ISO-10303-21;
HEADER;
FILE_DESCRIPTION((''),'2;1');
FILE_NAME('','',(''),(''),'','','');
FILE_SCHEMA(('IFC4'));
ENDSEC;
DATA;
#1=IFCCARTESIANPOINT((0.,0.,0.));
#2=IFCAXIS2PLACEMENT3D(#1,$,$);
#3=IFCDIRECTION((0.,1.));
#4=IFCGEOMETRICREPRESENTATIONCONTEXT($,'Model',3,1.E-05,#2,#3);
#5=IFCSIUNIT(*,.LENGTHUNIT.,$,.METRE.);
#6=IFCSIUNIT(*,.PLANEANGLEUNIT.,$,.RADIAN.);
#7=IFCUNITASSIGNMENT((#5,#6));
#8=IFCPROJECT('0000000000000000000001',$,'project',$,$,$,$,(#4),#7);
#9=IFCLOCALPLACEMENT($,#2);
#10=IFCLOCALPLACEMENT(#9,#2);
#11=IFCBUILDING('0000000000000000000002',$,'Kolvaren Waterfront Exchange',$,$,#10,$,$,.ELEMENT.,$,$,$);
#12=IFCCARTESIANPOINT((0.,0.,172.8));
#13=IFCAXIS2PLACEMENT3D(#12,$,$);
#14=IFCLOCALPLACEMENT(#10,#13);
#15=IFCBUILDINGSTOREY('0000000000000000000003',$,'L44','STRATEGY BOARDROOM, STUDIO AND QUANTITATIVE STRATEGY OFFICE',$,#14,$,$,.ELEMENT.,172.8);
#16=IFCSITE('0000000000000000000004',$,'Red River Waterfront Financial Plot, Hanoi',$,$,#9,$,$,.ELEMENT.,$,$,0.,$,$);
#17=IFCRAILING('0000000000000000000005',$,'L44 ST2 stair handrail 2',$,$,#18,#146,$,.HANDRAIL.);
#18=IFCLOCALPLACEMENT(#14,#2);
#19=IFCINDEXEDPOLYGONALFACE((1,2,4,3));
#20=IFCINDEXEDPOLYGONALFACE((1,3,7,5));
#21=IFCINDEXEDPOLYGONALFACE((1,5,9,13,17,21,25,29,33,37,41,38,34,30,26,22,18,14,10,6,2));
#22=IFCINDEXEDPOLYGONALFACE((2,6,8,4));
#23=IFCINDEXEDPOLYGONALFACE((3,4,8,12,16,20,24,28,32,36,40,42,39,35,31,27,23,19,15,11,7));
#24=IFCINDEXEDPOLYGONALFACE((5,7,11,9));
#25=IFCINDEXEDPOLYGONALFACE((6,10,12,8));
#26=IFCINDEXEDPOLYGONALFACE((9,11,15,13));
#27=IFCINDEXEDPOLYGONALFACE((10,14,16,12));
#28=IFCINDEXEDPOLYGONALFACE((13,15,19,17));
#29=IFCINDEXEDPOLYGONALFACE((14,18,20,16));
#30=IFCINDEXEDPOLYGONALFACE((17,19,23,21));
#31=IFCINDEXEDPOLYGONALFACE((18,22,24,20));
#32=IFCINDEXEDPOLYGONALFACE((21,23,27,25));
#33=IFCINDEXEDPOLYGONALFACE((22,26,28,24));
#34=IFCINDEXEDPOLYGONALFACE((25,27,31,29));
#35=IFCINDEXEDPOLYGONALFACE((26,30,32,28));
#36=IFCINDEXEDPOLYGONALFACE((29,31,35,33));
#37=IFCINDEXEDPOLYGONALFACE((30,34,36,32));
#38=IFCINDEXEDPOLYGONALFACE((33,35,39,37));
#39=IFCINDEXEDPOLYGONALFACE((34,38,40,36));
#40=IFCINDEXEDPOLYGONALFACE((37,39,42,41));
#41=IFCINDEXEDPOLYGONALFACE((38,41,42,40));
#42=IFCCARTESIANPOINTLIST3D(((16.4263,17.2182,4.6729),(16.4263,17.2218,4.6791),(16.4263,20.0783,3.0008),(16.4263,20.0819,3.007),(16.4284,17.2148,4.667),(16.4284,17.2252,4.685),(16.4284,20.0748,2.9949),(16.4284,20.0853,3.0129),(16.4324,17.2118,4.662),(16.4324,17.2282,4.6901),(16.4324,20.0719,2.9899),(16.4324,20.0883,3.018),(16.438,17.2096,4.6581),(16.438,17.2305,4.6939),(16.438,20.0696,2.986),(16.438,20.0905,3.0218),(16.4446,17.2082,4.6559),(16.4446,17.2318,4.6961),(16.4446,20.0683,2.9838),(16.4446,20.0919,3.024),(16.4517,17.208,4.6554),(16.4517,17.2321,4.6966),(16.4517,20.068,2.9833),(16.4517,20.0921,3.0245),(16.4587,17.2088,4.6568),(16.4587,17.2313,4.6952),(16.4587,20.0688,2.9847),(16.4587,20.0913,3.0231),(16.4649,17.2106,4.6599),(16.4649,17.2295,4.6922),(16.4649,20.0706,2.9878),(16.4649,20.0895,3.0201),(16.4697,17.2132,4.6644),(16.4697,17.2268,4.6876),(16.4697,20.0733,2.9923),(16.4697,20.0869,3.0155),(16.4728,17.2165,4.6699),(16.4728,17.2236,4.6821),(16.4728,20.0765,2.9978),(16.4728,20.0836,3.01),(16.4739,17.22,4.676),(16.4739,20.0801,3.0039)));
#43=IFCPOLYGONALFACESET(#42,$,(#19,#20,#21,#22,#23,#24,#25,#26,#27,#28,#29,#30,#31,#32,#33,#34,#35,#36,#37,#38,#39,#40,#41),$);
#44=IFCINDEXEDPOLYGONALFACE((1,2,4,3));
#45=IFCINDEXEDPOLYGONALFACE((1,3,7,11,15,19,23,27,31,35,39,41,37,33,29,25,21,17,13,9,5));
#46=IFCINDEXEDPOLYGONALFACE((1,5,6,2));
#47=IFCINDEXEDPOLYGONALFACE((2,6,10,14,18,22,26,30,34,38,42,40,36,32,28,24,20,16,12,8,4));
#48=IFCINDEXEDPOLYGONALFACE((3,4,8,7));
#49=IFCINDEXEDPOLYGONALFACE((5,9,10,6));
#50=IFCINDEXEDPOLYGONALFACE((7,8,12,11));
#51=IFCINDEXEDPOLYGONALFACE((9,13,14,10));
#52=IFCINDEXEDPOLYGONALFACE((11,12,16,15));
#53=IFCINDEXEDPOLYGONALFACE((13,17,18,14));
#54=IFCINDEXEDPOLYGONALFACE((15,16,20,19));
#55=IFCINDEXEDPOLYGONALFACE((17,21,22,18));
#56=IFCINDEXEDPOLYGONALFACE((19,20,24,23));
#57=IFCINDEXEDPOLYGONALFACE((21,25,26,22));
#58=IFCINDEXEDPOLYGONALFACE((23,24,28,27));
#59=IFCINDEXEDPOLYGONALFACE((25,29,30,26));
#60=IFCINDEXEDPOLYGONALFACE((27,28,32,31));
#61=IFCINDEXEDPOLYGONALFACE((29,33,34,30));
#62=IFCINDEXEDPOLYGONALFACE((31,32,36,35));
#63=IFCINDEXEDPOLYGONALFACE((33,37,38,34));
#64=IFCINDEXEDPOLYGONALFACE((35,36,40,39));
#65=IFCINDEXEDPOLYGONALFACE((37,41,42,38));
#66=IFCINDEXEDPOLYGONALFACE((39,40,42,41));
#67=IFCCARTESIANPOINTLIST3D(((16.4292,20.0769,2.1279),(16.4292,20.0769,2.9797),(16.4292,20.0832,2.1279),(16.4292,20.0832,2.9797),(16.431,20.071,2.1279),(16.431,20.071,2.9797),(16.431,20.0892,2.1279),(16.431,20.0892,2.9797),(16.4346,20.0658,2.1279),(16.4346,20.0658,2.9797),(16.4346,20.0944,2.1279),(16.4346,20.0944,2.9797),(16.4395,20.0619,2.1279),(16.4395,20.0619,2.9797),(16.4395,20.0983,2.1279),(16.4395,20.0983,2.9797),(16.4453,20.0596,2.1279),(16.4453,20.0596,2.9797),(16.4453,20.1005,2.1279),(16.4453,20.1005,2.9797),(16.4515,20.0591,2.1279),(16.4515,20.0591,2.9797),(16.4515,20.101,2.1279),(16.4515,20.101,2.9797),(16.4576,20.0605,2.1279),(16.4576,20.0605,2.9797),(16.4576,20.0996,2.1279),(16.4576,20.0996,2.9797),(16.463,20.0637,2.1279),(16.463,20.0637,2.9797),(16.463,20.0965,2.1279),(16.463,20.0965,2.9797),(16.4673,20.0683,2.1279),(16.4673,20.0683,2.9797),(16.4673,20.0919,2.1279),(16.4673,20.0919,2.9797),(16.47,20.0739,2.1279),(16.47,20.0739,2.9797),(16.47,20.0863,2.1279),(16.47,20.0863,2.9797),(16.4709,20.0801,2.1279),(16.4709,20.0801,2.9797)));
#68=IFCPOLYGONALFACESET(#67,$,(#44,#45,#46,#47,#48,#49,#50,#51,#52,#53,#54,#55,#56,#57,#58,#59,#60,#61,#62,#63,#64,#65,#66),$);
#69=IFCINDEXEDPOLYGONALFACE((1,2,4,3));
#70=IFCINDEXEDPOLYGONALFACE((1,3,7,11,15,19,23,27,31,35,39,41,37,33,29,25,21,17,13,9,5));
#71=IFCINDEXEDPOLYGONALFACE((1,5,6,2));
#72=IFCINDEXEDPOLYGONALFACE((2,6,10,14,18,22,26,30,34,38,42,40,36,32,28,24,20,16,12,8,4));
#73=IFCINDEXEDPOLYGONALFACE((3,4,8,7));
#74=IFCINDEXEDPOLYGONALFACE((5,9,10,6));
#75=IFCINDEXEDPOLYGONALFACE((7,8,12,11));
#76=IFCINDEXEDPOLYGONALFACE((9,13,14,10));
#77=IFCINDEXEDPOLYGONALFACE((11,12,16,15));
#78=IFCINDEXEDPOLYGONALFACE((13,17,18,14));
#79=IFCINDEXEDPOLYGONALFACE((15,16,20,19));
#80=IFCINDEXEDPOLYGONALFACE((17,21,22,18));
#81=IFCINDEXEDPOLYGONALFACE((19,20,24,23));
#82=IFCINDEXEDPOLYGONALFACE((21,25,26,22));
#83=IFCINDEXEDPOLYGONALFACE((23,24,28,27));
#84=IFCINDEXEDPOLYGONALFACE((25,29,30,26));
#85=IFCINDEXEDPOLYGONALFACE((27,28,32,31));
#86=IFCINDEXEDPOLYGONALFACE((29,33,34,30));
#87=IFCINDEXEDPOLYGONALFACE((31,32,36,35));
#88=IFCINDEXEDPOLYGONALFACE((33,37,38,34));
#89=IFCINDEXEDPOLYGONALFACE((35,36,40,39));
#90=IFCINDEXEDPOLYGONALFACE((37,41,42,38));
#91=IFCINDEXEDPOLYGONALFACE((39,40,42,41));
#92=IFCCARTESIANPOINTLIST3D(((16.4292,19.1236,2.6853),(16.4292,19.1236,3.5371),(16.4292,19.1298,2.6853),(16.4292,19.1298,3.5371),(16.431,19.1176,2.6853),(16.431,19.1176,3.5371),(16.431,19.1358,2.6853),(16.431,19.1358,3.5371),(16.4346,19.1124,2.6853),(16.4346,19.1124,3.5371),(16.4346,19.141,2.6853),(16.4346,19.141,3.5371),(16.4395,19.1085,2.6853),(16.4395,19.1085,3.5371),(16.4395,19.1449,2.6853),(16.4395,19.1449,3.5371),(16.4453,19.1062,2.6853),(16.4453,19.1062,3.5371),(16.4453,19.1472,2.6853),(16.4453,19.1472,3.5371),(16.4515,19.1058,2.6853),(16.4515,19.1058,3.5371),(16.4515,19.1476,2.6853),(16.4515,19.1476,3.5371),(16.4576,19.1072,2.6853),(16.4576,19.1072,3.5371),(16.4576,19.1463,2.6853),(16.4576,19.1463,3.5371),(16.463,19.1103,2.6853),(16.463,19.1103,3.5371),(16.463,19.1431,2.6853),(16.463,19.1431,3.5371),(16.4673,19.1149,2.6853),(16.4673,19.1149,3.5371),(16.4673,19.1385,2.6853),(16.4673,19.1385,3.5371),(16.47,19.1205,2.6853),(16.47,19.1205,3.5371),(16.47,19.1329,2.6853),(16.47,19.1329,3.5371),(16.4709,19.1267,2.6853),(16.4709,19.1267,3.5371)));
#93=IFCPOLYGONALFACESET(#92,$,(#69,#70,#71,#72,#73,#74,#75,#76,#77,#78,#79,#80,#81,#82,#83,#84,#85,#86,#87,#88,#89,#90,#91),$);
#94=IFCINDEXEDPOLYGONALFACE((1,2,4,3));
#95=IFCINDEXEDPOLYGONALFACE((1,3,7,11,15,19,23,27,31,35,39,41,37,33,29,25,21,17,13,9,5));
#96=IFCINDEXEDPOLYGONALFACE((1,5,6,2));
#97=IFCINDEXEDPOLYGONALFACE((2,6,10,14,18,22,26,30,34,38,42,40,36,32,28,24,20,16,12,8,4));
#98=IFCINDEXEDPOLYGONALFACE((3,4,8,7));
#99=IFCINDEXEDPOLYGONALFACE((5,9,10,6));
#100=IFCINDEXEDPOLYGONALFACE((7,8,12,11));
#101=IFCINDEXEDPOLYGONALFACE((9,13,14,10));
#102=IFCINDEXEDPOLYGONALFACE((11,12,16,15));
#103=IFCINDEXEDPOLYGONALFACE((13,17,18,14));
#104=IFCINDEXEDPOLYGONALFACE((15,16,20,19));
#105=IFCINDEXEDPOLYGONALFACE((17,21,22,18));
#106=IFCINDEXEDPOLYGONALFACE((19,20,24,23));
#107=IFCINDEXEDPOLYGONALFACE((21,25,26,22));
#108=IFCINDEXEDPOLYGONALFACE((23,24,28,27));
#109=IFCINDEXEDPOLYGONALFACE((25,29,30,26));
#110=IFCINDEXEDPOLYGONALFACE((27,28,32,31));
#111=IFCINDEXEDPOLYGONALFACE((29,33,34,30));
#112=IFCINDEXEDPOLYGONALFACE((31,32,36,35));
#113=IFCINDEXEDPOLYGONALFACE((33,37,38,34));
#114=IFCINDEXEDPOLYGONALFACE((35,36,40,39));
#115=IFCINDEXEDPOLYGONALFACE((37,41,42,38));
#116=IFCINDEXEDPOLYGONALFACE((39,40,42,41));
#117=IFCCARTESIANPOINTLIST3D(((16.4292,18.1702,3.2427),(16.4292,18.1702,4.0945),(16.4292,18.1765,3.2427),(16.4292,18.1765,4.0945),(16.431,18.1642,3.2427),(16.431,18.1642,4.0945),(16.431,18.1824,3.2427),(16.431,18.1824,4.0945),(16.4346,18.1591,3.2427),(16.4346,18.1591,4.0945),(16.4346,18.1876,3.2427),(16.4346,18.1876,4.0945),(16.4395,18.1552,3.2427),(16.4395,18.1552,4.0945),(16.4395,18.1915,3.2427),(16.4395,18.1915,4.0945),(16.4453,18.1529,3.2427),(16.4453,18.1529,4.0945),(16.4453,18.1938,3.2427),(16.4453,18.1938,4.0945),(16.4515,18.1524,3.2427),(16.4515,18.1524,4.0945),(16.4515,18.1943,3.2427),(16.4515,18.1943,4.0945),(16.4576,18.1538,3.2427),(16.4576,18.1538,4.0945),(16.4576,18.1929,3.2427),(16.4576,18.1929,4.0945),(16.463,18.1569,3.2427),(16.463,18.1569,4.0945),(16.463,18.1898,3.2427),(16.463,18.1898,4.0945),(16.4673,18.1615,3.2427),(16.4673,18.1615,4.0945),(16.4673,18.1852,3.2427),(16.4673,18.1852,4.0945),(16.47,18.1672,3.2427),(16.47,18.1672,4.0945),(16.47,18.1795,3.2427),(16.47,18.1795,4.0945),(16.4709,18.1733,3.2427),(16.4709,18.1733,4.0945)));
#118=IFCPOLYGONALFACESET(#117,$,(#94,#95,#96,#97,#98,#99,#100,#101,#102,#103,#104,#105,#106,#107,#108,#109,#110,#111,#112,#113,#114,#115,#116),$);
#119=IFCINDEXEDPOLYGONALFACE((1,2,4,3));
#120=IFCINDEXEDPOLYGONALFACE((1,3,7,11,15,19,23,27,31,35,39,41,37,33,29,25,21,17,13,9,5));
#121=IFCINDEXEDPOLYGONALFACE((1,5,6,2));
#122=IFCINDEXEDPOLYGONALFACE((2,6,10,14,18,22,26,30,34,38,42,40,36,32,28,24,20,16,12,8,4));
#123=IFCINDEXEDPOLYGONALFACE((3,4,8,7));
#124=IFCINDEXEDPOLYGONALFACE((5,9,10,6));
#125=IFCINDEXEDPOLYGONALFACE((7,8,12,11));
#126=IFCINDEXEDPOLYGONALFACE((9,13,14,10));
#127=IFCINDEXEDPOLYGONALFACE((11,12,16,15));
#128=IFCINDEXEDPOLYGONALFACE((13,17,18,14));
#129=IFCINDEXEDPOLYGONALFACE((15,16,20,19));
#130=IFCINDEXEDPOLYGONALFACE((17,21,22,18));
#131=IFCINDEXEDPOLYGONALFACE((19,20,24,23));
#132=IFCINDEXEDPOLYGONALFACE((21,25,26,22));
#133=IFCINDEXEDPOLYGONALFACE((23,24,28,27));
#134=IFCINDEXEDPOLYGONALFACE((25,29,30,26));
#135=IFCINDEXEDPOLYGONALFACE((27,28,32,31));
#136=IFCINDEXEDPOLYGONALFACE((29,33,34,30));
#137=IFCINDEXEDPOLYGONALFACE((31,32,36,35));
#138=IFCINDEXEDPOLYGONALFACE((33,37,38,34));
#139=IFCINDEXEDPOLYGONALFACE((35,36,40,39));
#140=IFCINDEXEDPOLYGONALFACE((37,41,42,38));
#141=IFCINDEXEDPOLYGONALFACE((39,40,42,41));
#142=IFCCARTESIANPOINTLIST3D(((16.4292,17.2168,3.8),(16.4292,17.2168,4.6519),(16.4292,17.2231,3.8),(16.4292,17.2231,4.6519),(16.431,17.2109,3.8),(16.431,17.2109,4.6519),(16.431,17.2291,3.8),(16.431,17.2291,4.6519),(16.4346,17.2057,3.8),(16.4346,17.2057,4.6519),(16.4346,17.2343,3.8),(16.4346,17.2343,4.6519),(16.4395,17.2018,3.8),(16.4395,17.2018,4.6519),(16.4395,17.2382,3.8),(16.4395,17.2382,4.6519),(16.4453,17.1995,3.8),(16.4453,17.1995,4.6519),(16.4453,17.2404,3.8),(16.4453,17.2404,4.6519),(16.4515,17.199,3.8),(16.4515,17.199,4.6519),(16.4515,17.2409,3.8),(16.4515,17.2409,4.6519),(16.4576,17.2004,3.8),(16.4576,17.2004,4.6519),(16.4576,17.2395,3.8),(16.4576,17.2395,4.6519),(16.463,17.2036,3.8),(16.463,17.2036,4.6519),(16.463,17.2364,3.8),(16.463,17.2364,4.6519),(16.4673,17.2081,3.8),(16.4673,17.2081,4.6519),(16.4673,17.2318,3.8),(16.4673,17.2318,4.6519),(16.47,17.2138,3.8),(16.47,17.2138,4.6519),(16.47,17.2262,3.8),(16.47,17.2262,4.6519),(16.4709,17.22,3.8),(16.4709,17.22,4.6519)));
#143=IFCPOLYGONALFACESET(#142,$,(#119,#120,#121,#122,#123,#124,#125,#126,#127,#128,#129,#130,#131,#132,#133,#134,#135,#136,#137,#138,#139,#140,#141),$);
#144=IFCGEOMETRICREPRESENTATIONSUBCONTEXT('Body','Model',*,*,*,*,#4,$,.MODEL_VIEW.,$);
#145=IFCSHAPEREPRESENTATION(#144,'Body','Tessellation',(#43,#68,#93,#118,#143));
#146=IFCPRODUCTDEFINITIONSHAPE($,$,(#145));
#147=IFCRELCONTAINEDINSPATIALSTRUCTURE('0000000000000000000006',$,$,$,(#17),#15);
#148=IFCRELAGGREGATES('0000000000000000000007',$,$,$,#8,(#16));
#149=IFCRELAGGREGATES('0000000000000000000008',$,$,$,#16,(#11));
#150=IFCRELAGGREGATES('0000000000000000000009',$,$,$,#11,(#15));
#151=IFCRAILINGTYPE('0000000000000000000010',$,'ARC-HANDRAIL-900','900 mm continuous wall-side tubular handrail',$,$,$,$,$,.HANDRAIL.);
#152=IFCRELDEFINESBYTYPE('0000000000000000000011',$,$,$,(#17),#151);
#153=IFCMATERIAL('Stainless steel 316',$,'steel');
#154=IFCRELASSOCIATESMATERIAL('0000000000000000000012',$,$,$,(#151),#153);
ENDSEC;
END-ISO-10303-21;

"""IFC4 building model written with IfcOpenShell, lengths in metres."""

from ifc_helpers import new_model, si_unit, direction, frame, origin, origin_2d, place, context, subcontext, project, spatial, circle, extrude, material, type_object, element, save


model = new_model("IFC4")

# Units and contexts
model_context = context("Model", 3, precision=1e-05, world=origin(), true_north=direction((0.0, 1.0)))
body_context = subcontext(model_context, "Body", "Model", "MODEL_VIEW")
ifc_project = project(units=[si_unit("LENGTHUNIT", "METRE"), si_unit("PLANEANGLEUNIT", "RADIAN")], contexts=[model_context])

# Site, building, storey
site_placement = place(None, origin())
site = spatial("IfcSite", under=ifc_project, at=site_placement, Name="Red River Waterfront Financial Plot, Hanoi", CompositionType="ELEMENT", RefElevation=0.0)
building_placement = place(site_placement, origin())
building = spatial("IfcBuilding", under=site, at=building_placement, Name="Kolvaren Waterfront Exchange", CompositionType="ELEMENT")
storey_placement = place(building_placement, frame((0.0, 0.0, 172.8)))
storey = spatial("IfcBuildingStorey", under=building, at=storey_placement, Name="L44", Description="STRATEGY BOARDROOM, STUDIO AND QUANTITATIVE STRATEGY OFFICE", CompositionType="ELEMENT", Elevation=172.8)

# Railing
ifc_material_1 = material(Name="Stainless steel 316", Category="steel")
railing_type_1 = type_object("IfcRailingType", Name="ARC-HANDRAIL-900", Description="900 mm continuous wall-side tubular handrail", PredefinedType="HANDRAIL", material=ifc_material_1)
railing_1_placement = place(storey_placement, frame((16.45, 20.0801, 2.1279)))
element("IfcRailing", 1, at=railing_1_placement, inside=storey, type_object=railing_type_1, Name="L44 ST2 stair handrail 2", PredefinedType="HANDRAIL", context=body_context, shape_type="SweptSolid", body=[
    extrude(circle(Radius=0.0239, at=origin_2d()), frame((0.0, 0.0, 0.876), z_axis=(0.0, -0.863289, 0.504709), x_axis=(1.0, 0.0, 0.0)), (0.0, 0.0, 1.0), 3.313),
    extrude(circle(Radius=0.021, at=origin_2d()), origin(), (0.0, 0.0, 1.0), 0.8518),
    extrude(circle(Radius=0.021, at=origin_2d()), frame((0.0, -0.9534, 0.5574)), (0.0, 0.0, 1.0), 0.8518),
    extrude(circle(Radius=0.021, at=origin_2d()), frame((0.0, -1.9067, 1.1147)), (0.0, 0.0, 1.0), 0.8518),
    extrude(circle(Radius=0.021, at=origin_2d()), frame((0.0, -2.8601, 1.6721)), (0.0, 0.0, 1.0), 0.8518),
])

save(model, "model.ifc")
